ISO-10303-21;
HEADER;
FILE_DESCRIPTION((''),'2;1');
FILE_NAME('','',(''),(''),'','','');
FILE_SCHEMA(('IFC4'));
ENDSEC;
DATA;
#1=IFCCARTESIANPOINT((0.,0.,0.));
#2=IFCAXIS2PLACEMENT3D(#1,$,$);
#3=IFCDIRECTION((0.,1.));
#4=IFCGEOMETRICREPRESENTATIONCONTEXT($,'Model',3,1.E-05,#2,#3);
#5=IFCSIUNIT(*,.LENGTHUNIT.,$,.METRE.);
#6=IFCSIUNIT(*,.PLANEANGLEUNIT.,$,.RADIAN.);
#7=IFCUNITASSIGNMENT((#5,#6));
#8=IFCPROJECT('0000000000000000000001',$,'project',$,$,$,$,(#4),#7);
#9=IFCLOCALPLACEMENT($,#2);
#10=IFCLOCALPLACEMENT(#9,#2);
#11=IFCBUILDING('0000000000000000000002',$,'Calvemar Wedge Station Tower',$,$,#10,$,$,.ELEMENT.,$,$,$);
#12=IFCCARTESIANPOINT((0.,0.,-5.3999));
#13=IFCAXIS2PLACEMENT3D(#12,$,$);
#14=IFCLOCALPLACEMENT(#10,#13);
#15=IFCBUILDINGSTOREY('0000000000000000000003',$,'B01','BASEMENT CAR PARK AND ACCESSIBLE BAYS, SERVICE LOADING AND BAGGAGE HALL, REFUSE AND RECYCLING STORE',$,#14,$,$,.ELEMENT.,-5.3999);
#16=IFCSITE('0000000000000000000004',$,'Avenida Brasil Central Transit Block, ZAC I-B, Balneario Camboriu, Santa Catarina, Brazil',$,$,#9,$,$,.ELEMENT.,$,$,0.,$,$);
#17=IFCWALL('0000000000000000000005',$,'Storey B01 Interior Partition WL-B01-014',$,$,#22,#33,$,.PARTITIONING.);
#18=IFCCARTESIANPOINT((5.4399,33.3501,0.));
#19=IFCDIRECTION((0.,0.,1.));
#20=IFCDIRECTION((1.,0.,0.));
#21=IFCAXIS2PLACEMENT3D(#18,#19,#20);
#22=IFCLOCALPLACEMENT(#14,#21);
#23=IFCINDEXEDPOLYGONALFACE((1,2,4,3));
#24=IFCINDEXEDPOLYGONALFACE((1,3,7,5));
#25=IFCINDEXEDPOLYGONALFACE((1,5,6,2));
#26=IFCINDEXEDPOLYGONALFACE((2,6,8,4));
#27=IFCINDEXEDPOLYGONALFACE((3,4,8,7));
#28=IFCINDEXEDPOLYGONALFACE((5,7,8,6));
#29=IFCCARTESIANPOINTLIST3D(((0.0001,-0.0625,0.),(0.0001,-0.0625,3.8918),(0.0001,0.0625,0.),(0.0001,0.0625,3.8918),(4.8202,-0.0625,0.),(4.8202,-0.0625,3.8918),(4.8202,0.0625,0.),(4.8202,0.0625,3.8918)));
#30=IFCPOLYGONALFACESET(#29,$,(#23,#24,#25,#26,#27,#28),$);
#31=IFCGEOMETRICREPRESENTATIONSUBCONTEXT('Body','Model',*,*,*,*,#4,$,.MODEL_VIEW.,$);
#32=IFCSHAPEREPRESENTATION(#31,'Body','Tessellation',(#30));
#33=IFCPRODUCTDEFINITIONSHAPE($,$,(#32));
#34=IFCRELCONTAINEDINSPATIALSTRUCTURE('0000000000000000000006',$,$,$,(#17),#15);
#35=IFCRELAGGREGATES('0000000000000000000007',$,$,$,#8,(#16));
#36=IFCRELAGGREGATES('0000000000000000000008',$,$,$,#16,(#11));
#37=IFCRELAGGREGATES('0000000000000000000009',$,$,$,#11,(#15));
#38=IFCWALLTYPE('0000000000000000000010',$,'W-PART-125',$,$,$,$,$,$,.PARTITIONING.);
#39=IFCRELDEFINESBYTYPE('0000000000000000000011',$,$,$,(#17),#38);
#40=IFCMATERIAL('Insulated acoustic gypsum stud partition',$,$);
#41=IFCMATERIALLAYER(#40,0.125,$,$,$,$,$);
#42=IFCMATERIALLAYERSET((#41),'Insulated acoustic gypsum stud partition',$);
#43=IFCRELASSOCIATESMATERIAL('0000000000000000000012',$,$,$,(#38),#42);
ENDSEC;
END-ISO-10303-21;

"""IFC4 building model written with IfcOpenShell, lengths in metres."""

from ifc_helpers import new_model, si_unit, direction, frame, frame_2d, origin, place, context, subcontext, project, spatial, rectangle, extrude, material, layer, layer_set, type_object, element, save


model = new_model("IFC4")

# Units and contexts
model_context = context("Model", 3, precision=1e-05, world=origin(), true_north=direction((0.0, 1.0)))
body_context = subcontext(model_context, "Body", "Model", "MODEL_VIEW")
ifc_project = project(units=[si_unit("LENGTHUNIT", "METRE"), si_unit("PLANEANGLEUNIT", "RADIAN")], contexts=[model_context])

# Site, building, storey
site_placement = place(None, origin())
site = spatial("IfcSite", under=ifc_project, at=site_placement, Name="Avenida Brasil Central Transit Block, ZAC I-B, Balneario Camboriu, Santa Catarina, Brazil", CompositionType="ELEMENT", RefElevation=0.0)
building_placement = place(site_placement, origin())
building = spatial("IfcBuilding", under=site, at=building_placement, Name="Calvemar Wedge Station Tower", CompositionType="ELEMENT")
storey_placement = place(building_placement, frame((0.0, 0.0, -5.3999)))
storey = spatial("IfcBuildingStorey", under=building, at=storey_placement, Name="B01", Description="BASEMENT CAR PARK AND ACCESSIBLE BAYS, SERVICE LOADING AND BAGGAGE HALL, REFUSE AND RECYCLING STORE", CompositionType="ELEMENT", Elevation=-5.3999)

# Wall
ifc_material_1 = material(Name="Insulated acoustic gypsum stud partition")
ifc_layer_1 = layer(ifc_material_1, 0.125)
ifc_layer_set_1 = layer_set([ifc_layer_1], Name="Insulated acoustic gypsum stud partition")
wall_type_1 = type_object("IfcWallType", Name="W-PART-125", PredefinedType="PARTITIONING", material=ifc_layer_set_1)
wall_1_placement = place(storey_placement, frame((5.4399, 33.3501, 0.0), z_axis=(0.0, 0.0, 1.0), x_axis=(1.0, 0.0, 0.0)))
element("IfcWall", 1, at=wall_1_placement, inside=storey, type_object=wall_type_1, Name="Storey B01 Interior Partition WL-B01-014", PredefinedType="PARTITIONING", context=body_context, shape_type="SweptSolid", body=[
    extrude(rectangle(XDim=4.8201, YDim=0.125, at=frame_2d((2.4102, 0.0))), origin(), (0.0, 0.0, 1.0), 3.8918),
])

save(model, "model.ifc")
